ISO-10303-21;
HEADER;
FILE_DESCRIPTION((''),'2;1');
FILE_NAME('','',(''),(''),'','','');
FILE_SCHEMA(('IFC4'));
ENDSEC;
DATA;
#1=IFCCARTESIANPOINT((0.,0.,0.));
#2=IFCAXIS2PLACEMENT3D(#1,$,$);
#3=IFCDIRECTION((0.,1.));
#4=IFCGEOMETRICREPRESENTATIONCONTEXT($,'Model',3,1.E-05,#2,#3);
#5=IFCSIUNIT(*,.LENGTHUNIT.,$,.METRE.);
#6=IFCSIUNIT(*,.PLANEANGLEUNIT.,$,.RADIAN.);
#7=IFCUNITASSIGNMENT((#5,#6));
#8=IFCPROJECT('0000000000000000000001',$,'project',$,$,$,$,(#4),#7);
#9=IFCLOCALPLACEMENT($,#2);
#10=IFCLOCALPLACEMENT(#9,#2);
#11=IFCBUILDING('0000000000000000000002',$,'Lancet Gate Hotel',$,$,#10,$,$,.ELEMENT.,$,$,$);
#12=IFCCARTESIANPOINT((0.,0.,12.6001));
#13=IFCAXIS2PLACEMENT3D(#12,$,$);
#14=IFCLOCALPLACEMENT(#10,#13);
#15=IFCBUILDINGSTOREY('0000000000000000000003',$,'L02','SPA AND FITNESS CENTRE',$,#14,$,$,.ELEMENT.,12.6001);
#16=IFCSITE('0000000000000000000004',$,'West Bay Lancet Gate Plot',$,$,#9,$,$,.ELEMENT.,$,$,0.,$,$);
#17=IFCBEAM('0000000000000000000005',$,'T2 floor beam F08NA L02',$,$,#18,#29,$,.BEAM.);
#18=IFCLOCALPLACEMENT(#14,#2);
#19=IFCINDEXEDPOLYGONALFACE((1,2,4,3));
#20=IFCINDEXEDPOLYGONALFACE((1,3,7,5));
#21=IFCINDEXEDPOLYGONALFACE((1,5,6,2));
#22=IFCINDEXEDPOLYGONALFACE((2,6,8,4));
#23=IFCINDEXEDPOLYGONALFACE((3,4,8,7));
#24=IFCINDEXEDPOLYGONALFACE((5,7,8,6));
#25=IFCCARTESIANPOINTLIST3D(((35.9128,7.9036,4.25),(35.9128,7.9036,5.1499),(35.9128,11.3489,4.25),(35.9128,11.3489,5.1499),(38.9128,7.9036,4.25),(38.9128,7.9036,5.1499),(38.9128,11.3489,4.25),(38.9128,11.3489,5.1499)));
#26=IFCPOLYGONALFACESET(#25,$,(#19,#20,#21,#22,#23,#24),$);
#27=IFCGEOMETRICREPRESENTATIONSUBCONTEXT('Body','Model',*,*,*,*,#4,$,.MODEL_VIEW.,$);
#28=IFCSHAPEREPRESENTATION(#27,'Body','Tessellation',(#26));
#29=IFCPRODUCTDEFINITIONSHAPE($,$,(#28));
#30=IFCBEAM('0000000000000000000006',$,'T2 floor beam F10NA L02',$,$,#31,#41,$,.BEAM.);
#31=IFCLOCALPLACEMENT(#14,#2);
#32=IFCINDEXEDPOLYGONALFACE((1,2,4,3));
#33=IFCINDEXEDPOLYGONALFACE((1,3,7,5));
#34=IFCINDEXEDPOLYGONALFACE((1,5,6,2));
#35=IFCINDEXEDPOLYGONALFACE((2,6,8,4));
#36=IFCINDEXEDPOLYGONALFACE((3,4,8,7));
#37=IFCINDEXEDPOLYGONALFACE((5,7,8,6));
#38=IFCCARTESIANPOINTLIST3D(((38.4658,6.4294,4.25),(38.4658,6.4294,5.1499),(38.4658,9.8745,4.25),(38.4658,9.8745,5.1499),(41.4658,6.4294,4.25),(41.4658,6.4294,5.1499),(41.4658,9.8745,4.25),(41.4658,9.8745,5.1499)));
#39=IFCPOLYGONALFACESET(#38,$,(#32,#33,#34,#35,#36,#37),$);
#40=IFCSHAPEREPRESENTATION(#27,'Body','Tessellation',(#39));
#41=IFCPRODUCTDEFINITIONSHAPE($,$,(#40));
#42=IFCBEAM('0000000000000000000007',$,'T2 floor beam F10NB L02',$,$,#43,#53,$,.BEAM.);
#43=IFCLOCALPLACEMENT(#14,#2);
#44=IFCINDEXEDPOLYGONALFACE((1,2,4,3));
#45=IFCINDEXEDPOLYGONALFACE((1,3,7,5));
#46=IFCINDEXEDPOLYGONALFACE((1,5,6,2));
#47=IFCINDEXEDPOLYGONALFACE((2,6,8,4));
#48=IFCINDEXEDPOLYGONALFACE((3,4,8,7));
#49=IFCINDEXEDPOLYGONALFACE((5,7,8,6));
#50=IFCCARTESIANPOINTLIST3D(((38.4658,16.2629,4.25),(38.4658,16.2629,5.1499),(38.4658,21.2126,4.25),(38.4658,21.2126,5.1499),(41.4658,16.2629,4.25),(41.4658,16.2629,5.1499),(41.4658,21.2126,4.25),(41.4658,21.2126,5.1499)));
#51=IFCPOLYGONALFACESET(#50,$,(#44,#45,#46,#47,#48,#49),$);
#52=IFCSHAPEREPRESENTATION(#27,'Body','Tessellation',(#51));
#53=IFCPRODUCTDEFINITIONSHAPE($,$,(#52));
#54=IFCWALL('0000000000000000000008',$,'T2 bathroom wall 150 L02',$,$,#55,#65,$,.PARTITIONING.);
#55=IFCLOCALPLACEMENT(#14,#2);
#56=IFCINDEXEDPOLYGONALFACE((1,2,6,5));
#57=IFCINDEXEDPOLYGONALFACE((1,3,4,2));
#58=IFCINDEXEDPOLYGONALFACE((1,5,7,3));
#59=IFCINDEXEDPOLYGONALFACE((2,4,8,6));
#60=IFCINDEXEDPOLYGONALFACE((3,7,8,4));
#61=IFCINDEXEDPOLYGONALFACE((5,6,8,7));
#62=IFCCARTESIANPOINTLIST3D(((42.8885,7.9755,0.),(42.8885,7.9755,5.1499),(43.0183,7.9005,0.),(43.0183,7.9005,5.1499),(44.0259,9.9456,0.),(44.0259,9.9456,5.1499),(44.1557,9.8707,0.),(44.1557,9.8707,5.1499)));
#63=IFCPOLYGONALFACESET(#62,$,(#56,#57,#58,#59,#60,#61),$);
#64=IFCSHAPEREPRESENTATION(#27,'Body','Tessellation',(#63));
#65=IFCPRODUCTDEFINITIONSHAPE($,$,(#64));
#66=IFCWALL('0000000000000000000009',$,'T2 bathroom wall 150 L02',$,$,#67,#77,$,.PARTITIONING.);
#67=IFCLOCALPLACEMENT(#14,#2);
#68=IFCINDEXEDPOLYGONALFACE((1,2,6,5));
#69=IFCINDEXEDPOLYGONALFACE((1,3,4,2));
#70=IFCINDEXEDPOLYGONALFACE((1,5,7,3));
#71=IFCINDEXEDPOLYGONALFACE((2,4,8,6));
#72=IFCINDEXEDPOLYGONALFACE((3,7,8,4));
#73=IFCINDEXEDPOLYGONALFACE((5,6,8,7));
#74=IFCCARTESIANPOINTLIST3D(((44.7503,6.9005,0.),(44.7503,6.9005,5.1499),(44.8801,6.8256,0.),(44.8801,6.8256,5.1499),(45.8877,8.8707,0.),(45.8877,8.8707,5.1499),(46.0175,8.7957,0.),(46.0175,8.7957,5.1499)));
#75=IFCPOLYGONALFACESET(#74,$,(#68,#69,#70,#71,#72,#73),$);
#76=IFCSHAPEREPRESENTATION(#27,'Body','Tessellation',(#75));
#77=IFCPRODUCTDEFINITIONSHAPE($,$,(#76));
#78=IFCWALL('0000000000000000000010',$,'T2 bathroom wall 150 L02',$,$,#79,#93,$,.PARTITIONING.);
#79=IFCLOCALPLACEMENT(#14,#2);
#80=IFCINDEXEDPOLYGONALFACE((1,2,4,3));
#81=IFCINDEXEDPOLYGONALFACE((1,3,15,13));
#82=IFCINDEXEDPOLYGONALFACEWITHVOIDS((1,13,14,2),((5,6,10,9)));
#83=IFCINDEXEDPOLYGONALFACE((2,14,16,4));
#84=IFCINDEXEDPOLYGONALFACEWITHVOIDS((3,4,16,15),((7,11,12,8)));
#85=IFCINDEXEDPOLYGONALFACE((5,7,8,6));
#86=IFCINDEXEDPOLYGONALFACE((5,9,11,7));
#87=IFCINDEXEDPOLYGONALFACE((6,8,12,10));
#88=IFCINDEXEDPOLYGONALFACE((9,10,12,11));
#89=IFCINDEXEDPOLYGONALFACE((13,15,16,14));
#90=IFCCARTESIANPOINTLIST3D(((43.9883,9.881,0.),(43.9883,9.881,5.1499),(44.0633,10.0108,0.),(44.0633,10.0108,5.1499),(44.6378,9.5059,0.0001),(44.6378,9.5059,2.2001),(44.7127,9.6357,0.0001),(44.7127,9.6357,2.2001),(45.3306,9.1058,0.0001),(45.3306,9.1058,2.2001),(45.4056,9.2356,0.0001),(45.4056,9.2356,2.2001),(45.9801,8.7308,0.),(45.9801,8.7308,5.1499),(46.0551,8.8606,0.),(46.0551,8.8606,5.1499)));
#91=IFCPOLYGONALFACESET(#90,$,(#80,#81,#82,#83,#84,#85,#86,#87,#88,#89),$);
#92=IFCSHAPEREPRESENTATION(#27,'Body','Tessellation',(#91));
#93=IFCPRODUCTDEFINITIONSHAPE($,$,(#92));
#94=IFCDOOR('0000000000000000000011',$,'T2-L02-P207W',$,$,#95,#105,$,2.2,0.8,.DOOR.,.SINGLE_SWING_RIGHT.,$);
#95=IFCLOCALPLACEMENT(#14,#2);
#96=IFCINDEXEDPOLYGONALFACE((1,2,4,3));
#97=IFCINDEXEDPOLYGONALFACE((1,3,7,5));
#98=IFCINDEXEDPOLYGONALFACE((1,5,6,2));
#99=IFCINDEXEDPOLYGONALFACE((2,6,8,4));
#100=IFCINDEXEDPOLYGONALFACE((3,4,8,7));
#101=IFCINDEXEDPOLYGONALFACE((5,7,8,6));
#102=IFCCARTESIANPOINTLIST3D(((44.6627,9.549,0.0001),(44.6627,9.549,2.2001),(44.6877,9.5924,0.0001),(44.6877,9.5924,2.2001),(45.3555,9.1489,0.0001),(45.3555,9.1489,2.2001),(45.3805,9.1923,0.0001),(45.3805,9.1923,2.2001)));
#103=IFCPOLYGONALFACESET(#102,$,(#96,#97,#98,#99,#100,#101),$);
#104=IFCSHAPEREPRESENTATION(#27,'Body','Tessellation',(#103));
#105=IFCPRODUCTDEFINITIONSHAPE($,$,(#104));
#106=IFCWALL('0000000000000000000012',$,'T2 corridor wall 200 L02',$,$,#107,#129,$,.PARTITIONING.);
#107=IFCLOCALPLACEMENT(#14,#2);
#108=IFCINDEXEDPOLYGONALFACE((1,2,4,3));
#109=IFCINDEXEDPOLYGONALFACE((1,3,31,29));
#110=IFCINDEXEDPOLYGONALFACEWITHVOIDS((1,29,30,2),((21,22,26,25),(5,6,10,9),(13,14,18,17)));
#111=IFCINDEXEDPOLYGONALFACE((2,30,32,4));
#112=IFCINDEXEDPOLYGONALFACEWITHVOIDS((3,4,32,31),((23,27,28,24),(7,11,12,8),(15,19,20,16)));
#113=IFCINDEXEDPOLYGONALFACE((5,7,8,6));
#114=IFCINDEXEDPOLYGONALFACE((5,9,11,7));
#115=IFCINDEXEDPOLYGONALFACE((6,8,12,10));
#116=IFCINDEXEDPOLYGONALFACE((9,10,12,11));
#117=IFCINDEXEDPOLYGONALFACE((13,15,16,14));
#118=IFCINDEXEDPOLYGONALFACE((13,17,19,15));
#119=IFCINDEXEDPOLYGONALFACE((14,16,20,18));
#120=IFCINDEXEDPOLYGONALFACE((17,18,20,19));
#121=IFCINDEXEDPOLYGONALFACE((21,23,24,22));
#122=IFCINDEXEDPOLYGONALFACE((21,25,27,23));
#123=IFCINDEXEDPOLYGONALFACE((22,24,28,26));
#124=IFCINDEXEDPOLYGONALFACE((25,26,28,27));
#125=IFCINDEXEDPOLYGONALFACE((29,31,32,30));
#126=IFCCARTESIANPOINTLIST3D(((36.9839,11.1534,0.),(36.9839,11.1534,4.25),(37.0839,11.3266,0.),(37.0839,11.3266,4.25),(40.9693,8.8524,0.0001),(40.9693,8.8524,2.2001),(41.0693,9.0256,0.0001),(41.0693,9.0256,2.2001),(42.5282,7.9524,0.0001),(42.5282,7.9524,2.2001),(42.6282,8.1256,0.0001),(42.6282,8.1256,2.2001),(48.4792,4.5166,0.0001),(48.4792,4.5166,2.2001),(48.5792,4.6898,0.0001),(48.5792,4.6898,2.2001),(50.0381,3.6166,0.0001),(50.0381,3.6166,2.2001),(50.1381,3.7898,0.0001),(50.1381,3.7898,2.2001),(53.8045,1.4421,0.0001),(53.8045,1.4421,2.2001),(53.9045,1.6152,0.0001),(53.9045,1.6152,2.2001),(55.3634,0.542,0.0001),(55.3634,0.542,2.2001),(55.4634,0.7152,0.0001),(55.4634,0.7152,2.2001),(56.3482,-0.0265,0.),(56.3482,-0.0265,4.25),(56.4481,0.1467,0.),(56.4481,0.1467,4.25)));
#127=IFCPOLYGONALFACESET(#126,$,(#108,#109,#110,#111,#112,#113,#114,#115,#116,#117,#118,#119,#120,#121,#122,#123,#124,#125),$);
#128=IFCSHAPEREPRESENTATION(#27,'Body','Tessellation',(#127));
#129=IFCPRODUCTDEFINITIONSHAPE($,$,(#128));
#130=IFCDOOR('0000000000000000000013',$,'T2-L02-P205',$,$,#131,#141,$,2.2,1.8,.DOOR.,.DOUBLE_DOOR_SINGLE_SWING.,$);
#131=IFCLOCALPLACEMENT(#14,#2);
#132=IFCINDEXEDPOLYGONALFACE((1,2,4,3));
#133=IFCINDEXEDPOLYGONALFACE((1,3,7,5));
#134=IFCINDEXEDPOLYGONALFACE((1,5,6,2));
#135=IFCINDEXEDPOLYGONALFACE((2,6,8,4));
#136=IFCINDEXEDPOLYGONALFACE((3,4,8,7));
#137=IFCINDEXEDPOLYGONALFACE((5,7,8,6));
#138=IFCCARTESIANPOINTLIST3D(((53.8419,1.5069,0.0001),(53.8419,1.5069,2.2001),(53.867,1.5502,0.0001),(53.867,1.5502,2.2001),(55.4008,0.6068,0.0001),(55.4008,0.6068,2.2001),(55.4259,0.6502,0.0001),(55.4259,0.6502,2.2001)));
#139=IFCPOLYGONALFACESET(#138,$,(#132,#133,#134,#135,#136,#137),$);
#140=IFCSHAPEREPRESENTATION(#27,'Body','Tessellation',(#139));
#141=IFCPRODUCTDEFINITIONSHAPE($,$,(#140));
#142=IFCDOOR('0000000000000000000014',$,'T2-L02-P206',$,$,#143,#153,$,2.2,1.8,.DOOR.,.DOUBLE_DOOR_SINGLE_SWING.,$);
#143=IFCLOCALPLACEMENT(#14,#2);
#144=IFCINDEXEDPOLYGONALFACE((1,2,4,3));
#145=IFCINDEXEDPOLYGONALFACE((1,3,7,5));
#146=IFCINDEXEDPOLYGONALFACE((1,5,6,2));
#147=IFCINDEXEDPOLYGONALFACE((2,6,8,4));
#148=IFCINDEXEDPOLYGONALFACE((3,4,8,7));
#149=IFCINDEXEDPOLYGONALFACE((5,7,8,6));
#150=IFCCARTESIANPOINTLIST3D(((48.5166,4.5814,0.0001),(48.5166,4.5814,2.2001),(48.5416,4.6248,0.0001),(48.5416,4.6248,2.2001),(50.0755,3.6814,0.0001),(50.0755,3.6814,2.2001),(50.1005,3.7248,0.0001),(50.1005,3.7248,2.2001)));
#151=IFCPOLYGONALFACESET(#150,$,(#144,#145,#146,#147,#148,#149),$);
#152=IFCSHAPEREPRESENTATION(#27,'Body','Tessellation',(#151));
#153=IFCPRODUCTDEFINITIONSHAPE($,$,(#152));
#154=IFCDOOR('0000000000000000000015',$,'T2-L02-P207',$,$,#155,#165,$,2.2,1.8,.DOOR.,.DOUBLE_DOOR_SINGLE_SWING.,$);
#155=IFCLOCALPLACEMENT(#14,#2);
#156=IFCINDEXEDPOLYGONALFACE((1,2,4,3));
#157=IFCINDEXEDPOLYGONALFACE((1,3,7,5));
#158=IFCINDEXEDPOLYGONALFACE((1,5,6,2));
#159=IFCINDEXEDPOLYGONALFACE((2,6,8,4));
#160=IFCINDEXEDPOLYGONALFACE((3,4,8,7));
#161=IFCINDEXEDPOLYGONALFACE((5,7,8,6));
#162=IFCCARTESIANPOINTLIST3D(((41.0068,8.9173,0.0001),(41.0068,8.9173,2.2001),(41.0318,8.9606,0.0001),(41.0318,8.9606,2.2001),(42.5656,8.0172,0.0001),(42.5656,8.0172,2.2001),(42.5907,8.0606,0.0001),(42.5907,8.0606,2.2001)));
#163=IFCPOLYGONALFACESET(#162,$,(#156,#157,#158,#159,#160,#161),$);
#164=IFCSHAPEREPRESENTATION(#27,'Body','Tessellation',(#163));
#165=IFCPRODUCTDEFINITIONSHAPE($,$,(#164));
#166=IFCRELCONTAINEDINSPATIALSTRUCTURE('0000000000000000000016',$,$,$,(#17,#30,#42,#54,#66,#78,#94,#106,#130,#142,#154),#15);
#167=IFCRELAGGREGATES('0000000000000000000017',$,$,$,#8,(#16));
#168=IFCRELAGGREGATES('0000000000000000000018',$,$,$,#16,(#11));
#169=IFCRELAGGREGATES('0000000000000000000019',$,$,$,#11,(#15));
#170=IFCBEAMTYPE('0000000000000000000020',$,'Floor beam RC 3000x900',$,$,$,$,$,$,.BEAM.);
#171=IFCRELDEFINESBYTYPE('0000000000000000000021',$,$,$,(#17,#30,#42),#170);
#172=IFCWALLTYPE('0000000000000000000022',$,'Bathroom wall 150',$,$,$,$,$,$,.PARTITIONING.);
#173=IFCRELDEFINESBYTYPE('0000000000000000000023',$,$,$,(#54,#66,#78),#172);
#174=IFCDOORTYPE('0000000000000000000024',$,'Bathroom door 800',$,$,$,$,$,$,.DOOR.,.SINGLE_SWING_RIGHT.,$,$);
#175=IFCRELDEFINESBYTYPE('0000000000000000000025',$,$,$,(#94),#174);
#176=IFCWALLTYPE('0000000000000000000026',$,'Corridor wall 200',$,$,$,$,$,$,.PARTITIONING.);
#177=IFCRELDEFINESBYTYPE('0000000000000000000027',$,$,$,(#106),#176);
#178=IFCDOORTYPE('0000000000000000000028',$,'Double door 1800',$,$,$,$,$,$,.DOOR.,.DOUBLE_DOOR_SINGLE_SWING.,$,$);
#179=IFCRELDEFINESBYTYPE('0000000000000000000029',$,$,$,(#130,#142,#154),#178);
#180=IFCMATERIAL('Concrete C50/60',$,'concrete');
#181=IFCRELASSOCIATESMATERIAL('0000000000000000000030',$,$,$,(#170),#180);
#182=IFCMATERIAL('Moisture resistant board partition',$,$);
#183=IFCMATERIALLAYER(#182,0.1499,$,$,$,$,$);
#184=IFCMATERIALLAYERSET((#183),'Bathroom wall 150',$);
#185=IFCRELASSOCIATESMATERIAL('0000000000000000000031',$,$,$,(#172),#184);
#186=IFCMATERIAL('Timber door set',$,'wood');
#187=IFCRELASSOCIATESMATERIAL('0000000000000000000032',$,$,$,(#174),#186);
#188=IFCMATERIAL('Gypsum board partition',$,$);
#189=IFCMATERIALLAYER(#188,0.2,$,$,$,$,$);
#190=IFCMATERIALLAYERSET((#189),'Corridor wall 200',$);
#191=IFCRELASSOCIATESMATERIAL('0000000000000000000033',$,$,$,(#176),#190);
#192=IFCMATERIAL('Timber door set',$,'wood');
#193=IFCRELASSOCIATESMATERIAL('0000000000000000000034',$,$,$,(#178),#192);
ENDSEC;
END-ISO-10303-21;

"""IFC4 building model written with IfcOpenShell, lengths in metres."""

from ifc_helpers import new_model, si_unit, direction, frame, frame_2d, origin, origin_2d, place, context, subcontext, project, spatial, rectangle, extrude, material, layer, layer_set, material_profile, profile_set, type_object, element, fill, save


model = new_model("IFC4")

# Units and contexts
model_context = context("Model", 3, precision=1e-05, world=origin(), true_north=direction((0.0, 1.0)))
body_context = subcontext(model_context, "Body", "Model", "MODEL_VIEW")
ifc_project = project(units=[si_unit("LENGTHUNIT", "METRE"), si_unit("PLANEANGLEUNIT", "RADIAN")], contexts=[model_context])

# Site, building, storey
site_placement = place(None, origin())
site = spatial("IfcSite", under=ifc_project, at=site_placement, Name="West Bay Lancet Gate Plot", CompositionType="ELEMENT", RefElevation=0.0)
building_placement = place(site_placement, origin())
building = spatial("IfcBuilding", under=site, at=building_placement, Name="Lancet Gate Hotel", CompositionType="ELEMENT")
storey_placement = place(building_placement, frame((0.0, 0.0, 12.6001)))
storey = spatial("IfcBuildingStorey", under=building, at=storey_placement, Name="L02", Description="SPA AND FITNESS CENTRE", CompositionType="ELEMENT", Elevation=12.6001)

# Beams
ifc_material_1 = material(Name="Concrete C50/60", Category="concrete")
ifc_material_profile_1 = material_profile(ifc_material_1, rectangle(XDim=3.0, YDim=0.8999, at=origin_2d()), Name="RC 3000x900")
ifc_profile_set_1 = profile_set([ifc_material_profile_1], Name="Concrete C50/60")
beam_type_1 = type_object("IfcBeamType", Name="Floor beam RC 3000x900", PredefinedType="BEAM", material=ifc_profile_set_1)
beam_1_placement = place(storey_placement, frame((37.4128, 7.9036, 4.7), z_axis=(0.0, 1.0, 0.0), x_axis=(-1.0, 0.0, 0.0)))
element("IfcBeam", 1, at=beam_1_placement, inside=storey, type_object=beam_type_1, Name="T2 floor beam F08NA L02", PredefinedType="BEAM", context=body_context, shape_type="SweptSolid", body=[
    extrude(rectangle(XDim=3.0, YDim=0.8999, at=origin_2d()), origin(), (0.0, 0.0, 1.0), 3.4453),
])
beam_2_placement = place(storey_placement, frame((39.9658, 6.4294, 4.7), z_axis=(0.0, 1.0, 0.0), x_axis=(-1.0, 0.0, 0.0)))
element("IfcBeam", 2, at=beam_2_placement, inside=storey, type_object=beam_type_1, Name="T2 floor beam F10NA L02", PredefinedType="BEAM", context=body_context, shape_type="SweptSolid", body=[
    extrude(rectangle(XDim=3.0, YDim=0.8999, at=origin_2d()), origin(), (0.0, 0.0, 1.0), 3.4451),
])
beam_3_placement = place(storey_placement, frame((39.9658, 16.2629, 4.7), z_axis=(0.0, 1.0, 0.0), x_axis=(-1.0, 0.0, 0.0)))
element("IfcBeam", 3, at=beam_3_placement, inside=storey, type_object=beam_type_1, Name="T2 floor beam F10NB L02", PredefinedType="BEAM", context=body_context, shape_type="SweptSolid", body=[
    extrude(rectangle(XDim=3.0, YDim=0.8999, at=origin_2d()), origin(), (0.0, 0.0, 1.0), 4.9497),
])

# Walls
ifc_material_2 = material(Name="Moisture resistant board partition")
ifc_layer_1 = layer(ifc_material_2, 0.1499)
ifc_layer_set_1 = layer_set([ifc_layer_1], Name="Bathroom wall 150")
wall_type_1 = type_object("IfcWallType", Name="Bathroom wall 150", PredefinedType="PARTITIONING", material=ifc_layer_set_1)
for number, where, z_axis, x_axis, name in (
    (4, (42.9534, 7.938, 0.0), (0.0, 0.0, 1.0), (0.499983, 0.866035, 0.0), "T2 bathroom wall 150 L02"),
    (5, (44.8152, 6.863, 0.0), (0.0, 0.0, 1.0), (0.499983, 0.866035, 0.0), "T2 bathroom wall 150 L02"),
):
    element("IfcWall", number, at=place(storey_placement, frame(where, z_axis=z_axis, x_axis=x_axis)), inside=storey, type_object=wall_type_1, Name=name, PredefinedType="PARTITIONING", context=body_context, shape_type="SweptSolid", body=[
        extrude(rectangle(XDim=2.2749, YDim=0.1499, at=frame_2d((1.1375, 0.0))), origin(), (0.0, 0.0, 1.0), 5.1499),
    ])

# Wall, opening, door
wall_1_placement = place(storey_placement, frame((44.0259, 9.9458, 0.0), z_axis=(0.0, 0.0, 1.0), x_axis=(0.865981, -0.500078, 0.0)))
wall_1 = element("IfcWall", 6, at=wall_1_placement, inside=storey, type_object=wall_type_1, Name="T2 bathroom wall 150 L02", PredefinedType="PARTITIONING", context=body_context, shape_type="SweptSolid", body=[
    extrude(rectangle(XDim=2.3, YDim=0.1499, at=frame_2d((1.1499, 0.0))), origin(), (0.0, 0.0, 1.0), 5.1499),
])
opening_1_placement = place(wall_1_placement, frame((0.75, 0.0, 0.0)))
opening_1 = element("IfcOpeningElement", 7, at=opening_1_placement, cuts=wall_1, PredefinedType="OPENING", context=body_context, shape_type="SweptSolid", body=[
    extrude(rectangle(XDim=0.8, YDim=2.2, at=frame_2d((0.3999, 1.1001))), frame((0.0, 0.085, 0.0), z_axis=(0.0, -1.0, 0.0), x_axis=(1.0, 0.0, 0.0)), (0.0, 0.0, 1.0), 0.1699),
])
ifc_material_3 = material(Name="Timber door set", Category="wood")
door_type_1 = type_object("IfcDoorType", Name="Bathroom door 800", OperationType="SINGLE_SWING_RIGHT", PredefinedType="DOOR", material=ifc_material_3)
door_1_placement = place(opening_1_placement, origin())
door_1 = element("IfcDoor", 8, at=door_1_placement, inside=storey, type_object=door_type_1, Name="T2-L02-P207W", OperationType="SINGLE_SWING_RIGHT", OverallHeight=2.2, OverallWidth=0.8, PredefinedType="DOOR", context=body_context, shape_type="SweptSolid", body=[
    extrude(rectangle(XDim=0.8, YDim=2.2, at=frame_2d((0.3999, 1.1001))), frame((0.0, 0.0249, 0.0), z_axis=(0.0, -1.0, 0.0), x_axis=(1.0, 0.0, 0.0)), (0.0, 0.0, 1.0), 0.05),
])
fill(opening_1, door_1)

# Wall, openings, doors
ifc_material_4 = material(Name="Gypsum board partition")
ifc_layer_2 = layer(ifc_material_4, 0.2)
ifc_layer_set_2 = layer_set([ifc_layer_2], Name="Corridor wall 200")
wall_type_2 = type_object("IfcWallType", Name="Corridor wall 200", PredefinedType="PARTITIONING", material=ifc_layer_set_2)
wall_2_placement = place(storey_placement, frame((37.0339, 11.24, 0.0), z_axis=(0.0, 0.0, 1.0), x_axis=(0.866026, -0.499999, 0.0)))
wall_2 = element("IfcWall", 9, at=wall_2_placement, inside=storey, type_object=wall_type_2, Name="T2 corridor wall 200 L02", PredefinedType="PARTITIONING", context=body_context, shape_type="SweptSolid", body=[
    extrude(rectangle(XDim=22.3599, YDim=0.2, at=frame_2d((11.1799, 0.0))), origin(), (0.0, 0.0, 1.0), 4.25),
])
opening_2_placement = place(wall_2_placement, frame((19.4229, 0.0, 0.0)))
opening_2 = element("IfcOpeningElement", 10, at=opening_2_placement, cuts=wall_2, PredefinedType="OPENING", context=body_context, shape_type="SweptSolid", body=[
    extrude(rectangle(XDim=1.8, YDim=2.2, at=frame_2d((0.8999, 1.1001))), frame((0.0, 0.1099, 0.0), z_axis=(0.0, -1.0, 0.0), x_axis=(1.0, 0.0, 0.0)), (0.0, 0.0, 1.0), 0.22),
])
opening_3_placement = place(wall_2_placement, frame((13.2737, 0.0, 0.0)))
opening_3 = element("IfcOpeningElement", 11, at=opening_3_placement, cuts=wall_2, PredefinedType="OPENING", context=body_context, shape_type="SweptSolid", body=[
    extrude(rectangle(XDim=1.8, YDim=2.2, at=frame_2d((0.8999, 1.1001))), frame((0.0, 0.1099, 0.0), z_axis=(0.0, -1.0, 0.0), x_axis=(1.0, 0.0, 0.0)), (0.0, 0.0, 1.0), 0.22),
])
opening_4_placement = place(wall_2_placement, frame((4.6021, 0.0, 0.0)))
opening_4 = element("IfcOpeningElement", 12, at=opening_4_placement, cuts=wall_2, PredefinedType="OPENING", context=body_context, shape_type="SweptSolid", body=[
    extrude(rectangle(XDim=1.8, YDim=2.2, at=frame_2d((0.8999, 1.1001))), frame((0.0, 0.1099, 0.0), z_axis=(0.0, -1.0, 0.0), x_axis=(1.0, 0.0, 0.0)), (0.0, 0.0, 1.0), 0.22),
])
ifc_material_5 = material(Name="Timber door set", Category="wood")
door_type_2 = type_object("IfcDoorType", Name="Double door 1800", OperationType="DOUBLE_DOOR_SINGLE_SWING", PredefinedType="DOOR", material=ifc_material_5)
door_2_placement = place(opening_2_placement, origin())
door_2 = element("IfcDoor", 13, at=door_2_placement, inside=storey, type_object=door_type_2, Name="T2-L02-P205", OperationType="DOUBLE_DOOR_SINGLE_SWING", OverallHeight=2.2, OverallWidth=1.8, PredefinedType="DOOR", context=body_context, shape_type="SweptSolid", body=[
    extrude(rectangle(XDim=1.8, YDim=2.2, at=frame_2d((0.8999, 1.1001))), frame((0.0, 0.0249, 0.0), z_axis=(0.0, -1.0, 0.0), x_axis=(1.0, 0.0, 0.0)), (0.0, 0.0, 1.0), 0.05),
])
fill(opening_2, door_2)
door_3_placement = place(opening_3_placement, origin())
door_3 = element("IfcDoor", 14, at=door_3_placement, inside=storey, type_object=door_type_2, Name="T2-L02-P206", OperationType="DOUBLE_DOOR_SINGLE_SWING", OverallHeight=2.2, OverallWidth=1.8, PredefinedType="DOOR", context=body_context, shape_type="SweptSolid", body=[
    extrude(rectangle(XDim=1.8, YDim=2.2, at=frame_2d((0.8999, 1.1001))), frame((0.0, 0.0249, 0.0), z_axis=(0.0, -1.0, 0.0), x_axis=(1.0, 0.0, 0.0)), (0.0, 0.0, 1.0), 0.05),
])
fill(opening_3, door_3)
door_4_placement = place(opening_4_placement, origin())
door_4 = element("IfcDoor", 15, at=door_4_placement, inside=storey, type_object=door_type_2, Name="T2-L02-P207", OperationType="DOUBLE_DOOR_SINGLE_SWING", OverallHeight=2.2, OverallWidth=1.8, PredefinedType="DOOR", context=body_context, shape_type="SweptSolid", body=[
    extrude(rectangle(XDim=1.8, YDim=2.2, at=frame_2d((0.8999, 1.1001))), frame((0.0, 0.0249, 0.0), z_axis=(0.0, -1.0, 0.0), x_axis=(1.0, 0.0, 0.0)), (0.0, 0.0, 1.0), 0.05),
])
fill(opening_4, door_4)

save(model, "model.ifc")
